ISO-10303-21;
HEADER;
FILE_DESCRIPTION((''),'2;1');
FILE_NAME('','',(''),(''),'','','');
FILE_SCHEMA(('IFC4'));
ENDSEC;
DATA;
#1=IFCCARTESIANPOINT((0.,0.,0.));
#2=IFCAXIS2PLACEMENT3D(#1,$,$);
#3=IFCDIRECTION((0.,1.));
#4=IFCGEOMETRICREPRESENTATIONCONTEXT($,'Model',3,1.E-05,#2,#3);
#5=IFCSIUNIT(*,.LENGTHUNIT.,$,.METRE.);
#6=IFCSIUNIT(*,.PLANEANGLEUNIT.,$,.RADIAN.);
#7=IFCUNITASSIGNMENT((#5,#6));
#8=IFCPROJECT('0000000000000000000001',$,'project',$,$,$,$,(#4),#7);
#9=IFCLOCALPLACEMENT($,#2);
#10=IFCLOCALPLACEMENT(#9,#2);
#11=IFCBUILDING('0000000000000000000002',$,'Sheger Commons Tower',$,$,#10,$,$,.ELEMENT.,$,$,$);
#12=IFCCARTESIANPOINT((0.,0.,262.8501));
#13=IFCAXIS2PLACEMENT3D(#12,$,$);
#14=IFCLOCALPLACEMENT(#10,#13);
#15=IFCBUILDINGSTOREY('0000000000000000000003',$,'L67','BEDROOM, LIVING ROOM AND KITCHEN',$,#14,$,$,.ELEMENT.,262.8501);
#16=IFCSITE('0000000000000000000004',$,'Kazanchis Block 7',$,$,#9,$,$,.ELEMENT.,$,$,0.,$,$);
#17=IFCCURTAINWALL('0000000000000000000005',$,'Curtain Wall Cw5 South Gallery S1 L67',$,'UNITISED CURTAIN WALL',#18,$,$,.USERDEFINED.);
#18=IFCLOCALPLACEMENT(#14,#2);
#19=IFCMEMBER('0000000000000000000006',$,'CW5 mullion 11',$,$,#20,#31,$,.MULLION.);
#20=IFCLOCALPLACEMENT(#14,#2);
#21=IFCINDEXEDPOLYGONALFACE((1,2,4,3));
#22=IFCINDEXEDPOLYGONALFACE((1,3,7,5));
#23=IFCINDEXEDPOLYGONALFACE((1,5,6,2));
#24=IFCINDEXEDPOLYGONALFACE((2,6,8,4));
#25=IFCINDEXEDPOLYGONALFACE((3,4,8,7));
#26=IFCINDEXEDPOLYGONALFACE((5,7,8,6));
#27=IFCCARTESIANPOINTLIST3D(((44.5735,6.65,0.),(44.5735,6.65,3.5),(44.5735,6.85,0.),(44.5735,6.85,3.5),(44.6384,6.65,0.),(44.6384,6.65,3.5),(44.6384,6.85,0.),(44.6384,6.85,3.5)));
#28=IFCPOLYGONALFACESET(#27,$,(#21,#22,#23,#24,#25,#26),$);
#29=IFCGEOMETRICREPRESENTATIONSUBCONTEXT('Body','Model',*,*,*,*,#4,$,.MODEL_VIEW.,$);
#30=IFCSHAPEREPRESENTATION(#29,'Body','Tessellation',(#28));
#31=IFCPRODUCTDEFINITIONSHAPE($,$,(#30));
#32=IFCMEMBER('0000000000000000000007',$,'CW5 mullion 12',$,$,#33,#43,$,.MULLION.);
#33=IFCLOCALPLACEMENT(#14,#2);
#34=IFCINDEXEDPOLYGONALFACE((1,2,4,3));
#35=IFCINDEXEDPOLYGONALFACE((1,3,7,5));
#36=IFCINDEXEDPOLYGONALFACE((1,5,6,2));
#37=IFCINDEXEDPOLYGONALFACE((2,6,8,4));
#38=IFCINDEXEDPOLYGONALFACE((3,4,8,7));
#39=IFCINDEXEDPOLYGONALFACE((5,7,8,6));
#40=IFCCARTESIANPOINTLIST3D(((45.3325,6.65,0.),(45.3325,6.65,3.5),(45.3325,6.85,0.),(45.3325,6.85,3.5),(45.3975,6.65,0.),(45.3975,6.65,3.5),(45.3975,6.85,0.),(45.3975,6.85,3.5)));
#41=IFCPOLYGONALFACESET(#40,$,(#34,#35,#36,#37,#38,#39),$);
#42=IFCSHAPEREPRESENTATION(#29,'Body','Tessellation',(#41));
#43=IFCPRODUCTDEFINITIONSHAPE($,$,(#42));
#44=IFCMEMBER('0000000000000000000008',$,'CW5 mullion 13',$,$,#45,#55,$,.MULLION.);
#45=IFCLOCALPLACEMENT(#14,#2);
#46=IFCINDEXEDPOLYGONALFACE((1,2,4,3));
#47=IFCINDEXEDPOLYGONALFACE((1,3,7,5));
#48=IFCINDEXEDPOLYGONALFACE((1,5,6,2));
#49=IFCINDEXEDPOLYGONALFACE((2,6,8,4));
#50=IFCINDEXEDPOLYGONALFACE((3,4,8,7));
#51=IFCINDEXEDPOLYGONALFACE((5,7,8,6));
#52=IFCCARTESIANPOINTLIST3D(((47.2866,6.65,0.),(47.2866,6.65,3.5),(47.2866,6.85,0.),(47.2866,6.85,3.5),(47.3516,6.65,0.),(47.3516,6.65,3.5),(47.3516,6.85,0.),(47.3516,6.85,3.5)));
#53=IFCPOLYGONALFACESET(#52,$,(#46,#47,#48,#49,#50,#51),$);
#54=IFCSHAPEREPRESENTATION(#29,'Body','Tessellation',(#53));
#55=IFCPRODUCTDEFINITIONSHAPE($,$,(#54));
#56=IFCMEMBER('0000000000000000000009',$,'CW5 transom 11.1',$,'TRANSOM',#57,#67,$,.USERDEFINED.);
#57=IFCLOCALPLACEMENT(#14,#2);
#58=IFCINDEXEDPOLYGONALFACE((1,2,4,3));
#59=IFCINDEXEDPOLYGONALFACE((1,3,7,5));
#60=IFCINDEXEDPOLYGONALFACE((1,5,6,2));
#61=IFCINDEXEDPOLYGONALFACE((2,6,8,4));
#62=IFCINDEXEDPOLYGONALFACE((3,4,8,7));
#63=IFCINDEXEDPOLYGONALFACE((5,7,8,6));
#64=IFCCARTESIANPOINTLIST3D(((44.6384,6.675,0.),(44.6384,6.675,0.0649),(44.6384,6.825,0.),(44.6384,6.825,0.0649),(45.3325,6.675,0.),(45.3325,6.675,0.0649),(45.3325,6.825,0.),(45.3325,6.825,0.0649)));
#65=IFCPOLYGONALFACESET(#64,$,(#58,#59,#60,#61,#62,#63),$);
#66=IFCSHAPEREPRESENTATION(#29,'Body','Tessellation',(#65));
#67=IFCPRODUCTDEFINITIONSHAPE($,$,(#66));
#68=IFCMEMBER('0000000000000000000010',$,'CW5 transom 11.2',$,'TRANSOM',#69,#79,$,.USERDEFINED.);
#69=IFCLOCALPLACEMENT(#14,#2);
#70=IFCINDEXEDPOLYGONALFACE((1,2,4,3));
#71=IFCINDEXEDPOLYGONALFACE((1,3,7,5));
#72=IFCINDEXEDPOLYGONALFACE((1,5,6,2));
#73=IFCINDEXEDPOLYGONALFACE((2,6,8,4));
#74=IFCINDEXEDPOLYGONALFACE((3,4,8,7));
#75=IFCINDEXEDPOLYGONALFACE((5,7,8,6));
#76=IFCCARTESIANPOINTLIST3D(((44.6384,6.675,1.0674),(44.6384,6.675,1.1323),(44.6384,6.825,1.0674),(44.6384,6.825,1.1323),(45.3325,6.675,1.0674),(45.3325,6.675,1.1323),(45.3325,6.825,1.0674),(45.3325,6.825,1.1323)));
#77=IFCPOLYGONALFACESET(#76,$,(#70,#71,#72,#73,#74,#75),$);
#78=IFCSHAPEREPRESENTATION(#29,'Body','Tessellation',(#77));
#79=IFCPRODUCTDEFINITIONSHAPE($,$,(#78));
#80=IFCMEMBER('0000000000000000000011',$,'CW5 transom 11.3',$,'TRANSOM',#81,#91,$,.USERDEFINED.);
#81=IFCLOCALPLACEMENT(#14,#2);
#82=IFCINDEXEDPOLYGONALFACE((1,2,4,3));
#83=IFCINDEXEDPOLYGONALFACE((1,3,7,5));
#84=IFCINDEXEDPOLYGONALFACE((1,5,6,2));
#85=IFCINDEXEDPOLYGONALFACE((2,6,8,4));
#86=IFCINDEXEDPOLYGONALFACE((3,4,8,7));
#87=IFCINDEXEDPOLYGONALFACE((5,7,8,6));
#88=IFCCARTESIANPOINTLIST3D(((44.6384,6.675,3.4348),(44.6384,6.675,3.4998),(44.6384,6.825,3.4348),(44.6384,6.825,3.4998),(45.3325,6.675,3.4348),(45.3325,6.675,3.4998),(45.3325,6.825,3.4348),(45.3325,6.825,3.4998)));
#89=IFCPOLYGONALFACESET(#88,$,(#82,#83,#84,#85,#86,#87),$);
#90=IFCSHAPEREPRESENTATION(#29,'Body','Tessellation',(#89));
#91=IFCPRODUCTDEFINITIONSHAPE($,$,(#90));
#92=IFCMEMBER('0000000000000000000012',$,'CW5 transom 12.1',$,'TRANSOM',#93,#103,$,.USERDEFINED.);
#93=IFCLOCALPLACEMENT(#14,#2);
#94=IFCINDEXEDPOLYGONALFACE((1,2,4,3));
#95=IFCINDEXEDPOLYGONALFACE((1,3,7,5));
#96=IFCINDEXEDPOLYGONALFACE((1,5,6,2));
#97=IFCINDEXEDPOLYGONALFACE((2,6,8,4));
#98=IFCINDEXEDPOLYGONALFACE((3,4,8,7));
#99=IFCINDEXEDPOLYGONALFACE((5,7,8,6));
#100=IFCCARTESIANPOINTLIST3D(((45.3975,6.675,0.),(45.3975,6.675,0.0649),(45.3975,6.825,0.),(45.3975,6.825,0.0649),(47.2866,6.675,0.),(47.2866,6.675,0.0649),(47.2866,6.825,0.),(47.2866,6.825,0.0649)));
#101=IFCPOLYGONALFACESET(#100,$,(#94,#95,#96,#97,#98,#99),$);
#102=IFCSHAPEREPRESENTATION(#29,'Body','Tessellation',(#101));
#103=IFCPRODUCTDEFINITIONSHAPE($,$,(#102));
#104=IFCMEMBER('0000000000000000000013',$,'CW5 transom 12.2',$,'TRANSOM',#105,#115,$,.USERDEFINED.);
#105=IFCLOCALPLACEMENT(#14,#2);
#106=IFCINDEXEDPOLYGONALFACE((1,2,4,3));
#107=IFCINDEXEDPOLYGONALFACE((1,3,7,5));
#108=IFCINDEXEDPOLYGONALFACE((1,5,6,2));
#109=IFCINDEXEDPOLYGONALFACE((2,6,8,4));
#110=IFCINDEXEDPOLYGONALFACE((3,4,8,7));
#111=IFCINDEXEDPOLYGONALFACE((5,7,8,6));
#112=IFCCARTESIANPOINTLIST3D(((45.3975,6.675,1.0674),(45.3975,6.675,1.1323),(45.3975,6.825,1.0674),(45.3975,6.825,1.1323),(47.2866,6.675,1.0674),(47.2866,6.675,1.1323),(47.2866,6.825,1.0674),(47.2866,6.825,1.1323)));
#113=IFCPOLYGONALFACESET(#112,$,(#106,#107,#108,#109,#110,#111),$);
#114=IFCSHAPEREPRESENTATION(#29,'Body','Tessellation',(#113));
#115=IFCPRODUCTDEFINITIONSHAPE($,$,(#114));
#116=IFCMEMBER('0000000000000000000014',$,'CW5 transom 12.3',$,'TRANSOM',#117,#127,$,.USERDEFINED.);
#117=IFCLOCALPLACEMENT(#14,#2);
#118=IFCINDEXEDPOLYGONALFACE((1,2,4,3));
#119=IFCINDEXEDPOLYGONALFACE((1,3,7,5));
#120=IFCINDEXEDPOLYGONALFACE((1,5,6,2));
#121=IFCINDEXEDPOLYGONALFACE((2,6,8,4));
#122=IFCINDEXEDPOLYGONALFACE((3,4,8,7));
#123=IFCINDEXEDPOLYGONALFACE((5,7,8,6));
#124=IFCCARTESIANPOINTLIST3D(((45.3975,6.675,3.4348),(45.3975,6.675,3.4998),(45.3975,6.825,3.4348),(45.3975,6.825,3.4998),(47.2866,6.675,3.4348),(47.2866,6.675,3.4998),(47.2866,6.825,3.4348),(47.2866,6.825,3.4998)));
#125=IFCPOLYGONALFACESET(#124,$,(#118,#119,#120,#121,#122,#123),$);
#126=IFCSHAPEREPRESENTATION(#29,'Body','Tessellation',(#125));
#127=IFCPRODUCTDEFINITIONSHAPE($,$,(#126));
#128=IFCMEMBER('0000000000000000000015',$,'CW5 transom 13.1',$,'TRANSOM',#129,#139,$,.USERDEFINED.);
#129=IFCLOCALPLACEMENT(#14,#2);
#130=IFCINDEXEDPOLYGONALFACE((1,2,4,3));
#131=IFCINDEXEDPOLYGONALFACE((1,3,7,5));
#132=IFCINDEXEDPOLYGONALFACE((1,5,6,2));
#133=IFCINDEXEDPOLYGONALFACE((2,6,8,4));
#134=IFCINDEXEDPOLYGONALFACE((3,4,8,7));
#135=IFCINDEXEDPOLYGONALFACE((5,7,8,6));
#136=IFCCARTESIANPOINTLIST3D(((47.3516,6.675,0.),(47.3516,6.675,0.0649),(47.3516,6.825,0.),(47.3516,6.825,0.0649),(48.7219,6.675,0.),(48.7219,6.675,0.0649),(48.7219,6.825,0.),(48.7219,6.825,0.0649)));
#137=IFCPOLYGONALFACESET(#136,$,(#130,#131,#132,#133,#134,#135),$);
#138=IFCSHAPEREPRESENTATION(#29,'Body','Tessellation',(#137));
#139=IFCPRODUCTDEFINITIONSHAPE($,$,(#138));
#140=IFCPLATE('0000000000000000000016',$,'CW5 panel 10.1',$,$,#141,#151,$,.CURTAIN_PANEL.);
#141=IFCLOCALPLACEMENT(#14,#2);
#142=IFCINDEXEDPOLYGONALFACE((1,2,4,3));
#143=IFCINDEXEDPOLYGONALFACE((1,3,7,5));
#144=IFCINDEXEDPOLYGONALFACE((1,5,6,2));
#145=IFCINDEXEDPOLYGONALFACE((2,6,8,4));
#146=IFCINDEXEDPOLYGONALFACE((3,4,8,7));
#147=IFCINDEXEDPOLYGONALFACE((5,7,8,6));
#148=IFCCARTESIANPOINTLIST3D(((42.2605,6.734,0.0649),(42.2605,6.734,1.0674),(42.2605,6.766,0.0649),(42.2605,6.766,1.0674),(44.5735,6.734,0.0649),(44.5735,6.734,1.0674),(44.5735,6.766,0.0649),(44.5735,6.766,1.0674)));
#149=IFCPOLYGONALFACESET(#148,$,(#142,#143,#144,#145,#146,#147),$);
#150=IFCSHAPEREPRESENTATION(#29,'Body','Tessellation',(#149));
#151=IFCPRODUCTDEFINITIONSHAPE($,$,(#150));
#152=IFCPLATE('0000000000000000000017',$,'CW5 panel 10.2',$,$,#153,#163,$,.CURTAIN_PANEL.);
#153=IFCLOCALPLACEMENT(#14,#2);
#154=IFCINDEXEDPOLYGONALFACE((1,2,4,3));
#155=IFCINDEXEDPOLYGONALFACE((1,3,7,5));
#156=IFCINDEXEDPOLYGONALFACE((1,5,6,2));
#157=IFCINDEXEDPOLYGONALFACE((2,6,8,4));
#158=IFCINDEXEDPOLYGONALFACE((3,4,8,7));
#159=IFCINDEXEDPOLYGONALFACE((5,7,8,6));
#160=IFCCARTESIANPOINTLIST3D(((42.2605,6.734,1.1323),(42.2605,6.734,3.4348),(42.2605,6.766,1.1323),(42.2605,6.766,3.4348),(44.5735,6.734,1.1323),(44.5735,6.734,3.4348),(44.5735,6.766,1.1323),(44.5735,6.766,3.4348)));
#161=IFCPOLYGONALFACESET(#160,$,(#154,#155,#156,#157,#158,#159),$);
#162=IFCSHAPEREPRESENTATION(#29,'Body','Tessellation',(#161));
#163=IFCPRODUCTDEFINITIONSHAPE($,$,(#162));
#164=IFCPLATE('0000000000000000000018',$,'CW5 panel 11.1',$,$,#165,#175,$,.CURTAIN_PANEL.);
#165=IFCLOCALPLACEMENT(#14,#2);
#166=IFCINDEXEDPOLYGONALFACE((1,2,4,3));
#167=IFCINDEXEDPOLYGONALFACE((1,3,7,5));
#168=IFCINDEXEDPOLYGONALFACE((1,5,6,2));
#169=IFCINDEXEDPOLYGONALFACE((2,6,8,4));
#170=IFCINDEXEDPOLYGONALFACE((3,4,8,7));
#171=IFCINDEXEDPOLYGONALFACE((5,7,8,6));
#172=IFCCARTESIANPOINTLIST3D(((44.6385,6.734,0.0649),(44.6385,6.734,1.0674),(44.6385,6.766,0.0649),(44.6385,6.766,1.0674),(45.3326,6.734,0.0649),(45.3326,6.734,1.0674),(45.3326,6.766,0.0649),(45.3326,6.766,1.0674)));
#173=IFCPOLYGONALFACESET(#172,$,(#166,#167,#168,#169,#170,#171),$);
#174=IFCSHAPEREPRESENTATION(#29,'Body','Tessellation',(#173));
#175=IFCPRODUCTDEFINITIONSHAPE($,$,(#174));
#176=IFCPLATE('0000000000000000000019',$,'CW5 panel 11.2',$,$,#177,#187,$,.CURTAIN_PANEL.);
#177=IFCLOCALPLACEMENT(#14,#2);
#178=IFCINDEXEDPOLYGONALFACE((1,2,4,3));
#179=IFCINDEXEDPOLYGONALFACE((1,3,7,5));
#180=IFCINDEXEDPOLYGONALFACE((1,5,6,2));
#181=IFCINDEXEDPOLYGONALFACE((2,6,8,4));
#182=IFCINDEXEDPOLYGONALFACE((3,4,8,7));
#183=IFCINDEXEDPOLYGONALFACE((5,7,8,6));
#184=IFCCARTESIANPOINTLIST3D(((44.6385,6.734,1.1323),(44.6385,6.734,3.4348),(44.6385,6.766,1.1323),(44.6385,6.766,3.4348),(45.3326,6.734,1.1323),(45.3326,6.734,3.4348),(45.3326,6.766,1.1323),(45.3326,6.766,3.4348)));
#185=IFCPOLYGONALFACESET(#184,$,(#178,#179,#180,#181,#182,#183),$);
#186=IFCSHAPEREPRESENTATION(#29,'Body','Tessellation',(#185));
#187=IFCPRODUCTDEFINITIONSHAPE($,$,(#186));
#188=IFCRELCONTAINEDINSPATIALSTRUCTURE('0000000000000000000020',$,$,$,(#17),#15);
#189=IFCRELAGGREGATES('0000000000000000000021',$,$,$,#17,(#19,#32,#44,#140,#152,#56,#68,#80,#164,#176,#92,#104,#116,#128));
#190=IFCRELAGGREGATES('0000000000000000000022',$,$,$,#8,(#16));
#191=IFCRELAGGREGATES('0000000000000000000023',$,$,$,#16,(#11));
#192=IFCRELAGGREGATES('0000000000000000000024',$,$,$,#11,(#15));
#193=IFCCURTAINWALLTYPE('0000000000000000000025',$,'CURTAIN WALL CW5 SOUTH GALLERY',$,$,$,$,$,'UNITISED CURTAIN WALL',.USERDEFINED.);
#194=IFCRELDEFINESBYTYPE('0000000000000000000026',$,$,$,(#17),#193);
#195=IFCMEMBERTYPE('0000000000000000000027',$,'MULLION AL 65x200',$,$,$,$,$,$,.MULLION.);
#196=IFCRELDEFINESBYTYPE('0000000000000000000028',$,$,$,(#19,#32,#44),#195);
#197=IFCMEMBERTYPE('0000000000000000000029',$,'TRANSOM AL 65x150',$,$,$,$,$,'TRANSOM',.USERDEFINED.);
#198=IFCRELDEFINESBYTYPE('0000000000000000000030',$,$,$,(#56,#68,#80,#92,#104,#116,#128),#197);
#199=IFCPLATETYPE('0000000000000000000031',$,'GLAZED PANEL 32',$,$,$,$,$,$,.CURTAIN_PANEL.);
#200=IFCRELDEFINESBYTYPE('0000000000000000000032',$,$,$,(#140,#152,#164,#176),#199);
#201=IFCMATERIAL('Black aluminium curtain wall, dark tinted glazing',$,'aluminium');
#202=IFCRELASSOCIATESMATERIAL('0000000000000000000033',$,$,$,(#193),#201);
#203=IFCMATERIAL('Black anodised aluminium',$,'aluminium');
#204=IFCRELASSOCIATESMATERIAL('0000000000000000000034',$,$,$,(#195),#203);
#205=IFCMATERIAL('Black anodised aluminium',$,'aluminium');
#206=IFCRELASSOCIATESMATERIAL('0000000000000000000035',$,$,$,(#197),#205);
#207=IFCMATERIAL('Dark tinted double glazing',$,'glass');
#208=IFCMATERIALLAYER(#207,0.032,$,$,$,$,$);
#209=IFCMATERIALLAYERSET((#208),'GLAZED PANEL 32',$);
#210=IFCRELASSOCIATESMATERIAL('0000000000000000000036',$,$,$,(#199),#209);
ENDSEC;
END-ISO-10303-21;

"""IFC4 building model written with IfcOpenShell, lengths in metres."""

from ifc_helpers import new_model, si_unit, direction, frame, origin, origin_2d, place, context, subcontext, project, spatial, rectangle, extrude, material, layer, layer_set, material_profile, profile_set, type_object, element, aggregate, save


model = new_model("IFC4")

# Units and contexts
model_context = context("Model", 3, precision=1e-05, world=origin(), true_north=direction((0.0, 1.0)))
body_context = subcontext(model_context, "Body", "Model", "MODEL_VIEW")
ifc_project = project(units=[si_unit("LENGTHUNIT", "METRE"), si_unit("PLANEANGLEUNIT", "RADIAN")], contexts=[model_context])

# Site, building, storey
site_placement = place(None, origin())
site = spatial("IfcSite", under=ifc_project, at=site_placement, Name="Kazanchis Block 7", CompositionType="ELEMENT", RefElevation=0.0)
building_placement = place(site_placement, origin())
building = spatial("IfcBuilding", under=site, at=building_placement, Name="Sheger Commons Tower", CompositionType="ELEMENT")
storey_placement = place(building_placement, frame((0.0, 0.0, 262.8501)))
storey = spatial("IfcBuildingStorey", under=building, at=storey_placement, Name="L67", Description="BEDROOM, LIVING ROOM AND KITCHEN", CompositionType="ELEMENT", Elevation=262.8501)

# Curtain wall, members, plates
ifc_material_1 = material(Name="Black aluminium curtain wall, dark tinted glazing", Category="aluminium")
curtain_wall_type = type_object("IfcCurtainWallType", Name="CURTAIN WALL CW5 SOUTH GALLERY", ElementType="UNITISED CURTAIN WALL", PredefinedType="USERDEFINED", material=ifc_material_1)
curtain_wall_placement = place(storey_placement, origin())
curtain_wall = element("IfcCurtainWall", 1, at=curtain_wall_placement, inside=storey, type_object=curtain_wall_type, Name="Curtain Wall Cw5 South Gallery S1 L67", ObjectType="UNITISED CURTAIN WALL", PredefinedType="USERDEFINED")
ifc_material_2 = material(Name="Black anodised aluminium", Category="aluminium")
ifc_material_profile_1 = material_profile(ifc_material_2, rectangle(XDim=0.2, YDim=0.0649, at=origin_2d()), Name="AL 65x200")
ifc_profile_set_1 = profile_set([ifc_material_profile_1], Name="Black anodised aluminium")
member_type_1 = type_object("IfcMemberType", Name="MULLION AL 65x200", PredefinedType="MULLION", material=ifc_profile_set_1)
member_1_placement = place(storey_placement, frame((44.606, 6.75, 0.0), z_axis=(0.0, 0.0, 1.0), x_axis=(0.0, 1.0, 0.0)))
member_1 = element("IfcMember", 2, at=member_1_placement, type_object=member_type_1, Name="CW5 mullion 11", PredefinedType="MULLION", context=body_context, shape_type="SweptSolid", body=[
    extrude(rectangle(XDim=0.2, YDim=0.0649, at=origin_2d()), origin(), (0.0, 0.0, 1.0), 3.5),
])
member_2_placement = place(storey_placement, frame((45.365, 6.75, 0.0), z_axis=(0.0, 0.0, 1.0), x_axis=(0.0, 1.0, 0.0)))
member_2 = element("IfcMember", 3, at=member_2_placement, type_object=member_type_1, Name="CW5 mullion 12", PredefinedType="MULLION", context=body_context, shape_type="SweptSolid", body=[
    extrude(rectangle(XDim=0.2, YDim=0.0649, at=origin_2d()), origin(), (0.0, 0.0, 1.0), 3.5),
])
member_3_placement = place(storey_placement, frame((47.3191, 6.75, 0.0), z_axis=(0.0, 0.0, 1.0), x_axis=(0.0, 1.0, 0.0)))
member_3 = element("IfcMember", 4, at=member_3_placement, type_object=member_type_1, Name="CW5 mullion 13", PredefinedType="MULLION", context=body_context, shape_type="SweptSolid", body=[
    extrude(rectangle(XDim=0.2, YDim=0.0649, at=origin_2d()), origin(), (0.0, 0.0, 1.0), 3.5),
])
ifc_material_3 = material(Name="Black anodised aluminium", Category="aluminium")
ifc_material_profile_2 = material_profile(ifc_material_3, rectangle(XDim=0.1499, YDim=0.0649, at=origin_2d()), Name="AL 65x150")
ifc_profile_set_2 = profile_set([ifc_material_profile_2], Name="Black anodised aluminium")
member_type_2 = type_object("IfcMemberType", Name="TRANSOM AL 65x150", ElementType="TRANSOM", PredefinedType="USERDEFINED", material=ifc_profile_set_2)
member_4_placement = place(storey_placement, frame((44.6384, 6.75, 0.0325), z_axis=(1.0, 0.0, 0.0), x_axis=(0.0, 1.0, 0.0)))
member_4 = element("IfcMember", 5, at=member_4_placement, type_object=member_type_2, Name="CW5 transom 11.1", ObjectType="TRANSOM", PredefinedType="USERDEFINED", context=body_context, shape_type="SweptSolid", body=[
    extrude(rectangle(XDim=0.1499, YDim=0.0649, at=origin_2d()), origin(), (0.0, 0.0, 1.0), 0.6941),
])
member_5_placement = place(storey_placement, frame((44.6384, 6.75, 1.0999), z_axis=(1.0, 0.0, 0.0), x_axis=(0.0, 1.0, 0.0)))
member_5 = element("IfcMember", 6, at=member_5_placement, type_object=member_type_2, Name="CW5 transom 11.2", ObjectType="TRANSOM", PredefinedType="USERDEFINED", context=body_context, shape_type="SweptSolid", body=[
    extrude(rectangle(XDim=0.1499, YDim=0.0649, at=origin_2d()), origin(), (0.0, 0.0, 1.0), 0.6941),
])
member_6_placement = place(storey_placement, frame((44.6384, 6.75, 3.4673), z_axis=(1.0, 0.0, 0.0), x_axis=(0.0, 1.0, 0.0)))
member_6 = element("IfcMember", 7, at=member_6_placement, type_object=member_type_2, Name="CW5 transom 11.3", ObjectType="TRANSOM", PredefinedType="USERDEFINED", context=body_context, shape_type="SweptSolid", body=[
    extrude(rectangle(XDim=0.1499, YDim=0.0649, at=origin_2d()), origin(), (0.0, 0.0, 1.0), 0.6941),
])
member_7_placement = place(storey_placement, frame((45.3975, 6.75, 0.0325), z_axis=(1.0, 0.0, 0.0), x_axis=(0.0, 1.0, 0.0)))
member_7 = element("IfcMember", 8, at=member_7_placement, type_object=member_type_2, Name="CW5 transom 12.1", ObjectType="TRANSOM", PredefinedType="USERDEFINED", context=body_context, shape_type="SweptSolid", body=[
    extrude(rectangle(XDim=0.1499, YDim=0.0649, at=origin_2d()), origin(), (0.0, 0.0, 1.0), 1.8892),
])
member_8_placement = place(storey_placement, frame((45.3975, 6.75, 1.0999), z_axis=(1.0, 0.0, 0.0), x_axis=(0.0, 1.0, 0.0)))
member_8 = element("IfcMember", 9, at=member_8_placement, type_object=member_type_2, Name="CW5 transom 12.2", ObjectType="TRANSOM", PredefinedType="USERDEFINED", context=body_context, shape_type="SweptSolid", body=[
    extrude(rectangle(XDim=0.1499, YDim=0.0649, at=origin_2d()), origin(), (0.0, 0.0, 1.0), 1.8892),
])
member_9_placement = place(storey_placement, frame((45.3975, 6.75, 3.4673), z_axis=(1.0, 0.0, 0.0), x_axis=(0.0, 1.0, 0.0)))
member_9 = element("IfcMember", 10, at=member_9_placement, type_object=member_type_2, Name="CW5 transom 12.3", ObjectType="TRANSOM", PredefinedType="USERDEFINED", context=body_context, shape_type="SweptSolid", body=[
    extrude(rectangle(XDim=0.1499, YDim=0.0649, at=origin_2d()), origin(), (0.0, 0.0, 1.0), 1.8892),
])
member_10_placement = place(storey_placement, frame((47.3516, 6.75, 0.0325), z_axis=(1.0, 0.0, 0.0), x_axis=(0.0, 1.0, 0.0)))
member_10 = element("IfcMember", 11, at=member_10_placement, type_object=member_type_2, Name="CW5 transom 13.1", ObjectType="TRANSOM", PredefinedType="USERDEFINED", context=body_context, shape_type="SweptSolid", body=[
    extrude(rectangle(XDim=0.1499, YDim=0.0649, at=origin_2d()), origin(), (0.0, 0.0, 1.0), 1.3704),
])
ifc_material_4 = material(Name="Dark tinted double glazing", Category="glass")
ifc_layer_1 = layer(ifc_material_4, 0.032)
ifc_layer_set_1 = layer_set([ifc_layer_1], Name="GLAZED PANEL 32")
plate_type_1 = type_object("IfcPlateType", Name="GLAZED PANEL 32", PredefinedType="CURTAIN_PANEL", material=ifc_layer_set_1)
plate_1_placement = place(storey_placement, frame((43.417, 6.75, 0.0649), z_axis=(0.0, 0.0, 1.0), x_axis=(1.0, 0.0, 0.0)))
plate_1 = element("IfcPlate", 12, at=plate_1_placement, type_object=plate_type_1, Name="CW5 panel 10.1", PredefinedType="CURTAIN_PANEL", context=body_context, shape_type="SweptSolid", body=[
    extrude(rectangle(XDim=2.313, YDim=0.032, at=origin_2d()), origin(), (0.0, 0.0, 1.0), 1.0024),
])
plate_2_placement = place(storey_placement, frame((43.417, 6.75, 1.1323), z_axis=(0.0, 0.0, 1.0), x_axis=(1.0, 0.0, 0.0)))
plate_2 = element("IfcPlate", 13, at=plate_2_placement, type_object=plate_type_1, Name="CW5 panel 10.2", PredefinedType="CURTAIN_PANEL", context=body_context, shape_type="SweptSolid", body=[
    extrude(rectangle(XDim=2.313, YDim=0.032, at=origin_2d()), origin(), (0.0, 0.0, 1.0), 2.3025),
])
plate_3_placement = place(storey_placement, frame((44.9856, 6.75, 0.0649), z_axis=(0.0, 0.0, 1.0), x_axis=(1.0, 0.0, 0.0)))
plate_3 = element("IfcPlate", 14, at=plate_3_placement, type_object=plate_type_1, Name="CW5 panel 11.1", PredefinedType="CURTAIN_PANEL", context=body_context, shape_type="SweptSolid", body=[
    extrude(rectangle(XDim=0.6941, YDim=0.032, at=origin_2d()), origin(), (0.0, 0.0, 1.0), 1.0024),
])
plate_4_placement = place(storey_placement, frame((44.9856, 6.75, 1.1323), z_axis=(0.0, 0.0, 1.0), x_axis=(1.0, 0.0, 0.0)))
plate_4 = element("IfcPlate", 15, at=plate_4_placement, type_object=plate_type_1, Name="CW5 panel 11.2", PredefinedType="CURTAIN_PANEL", context=body_context, shape_type="SweptSolid", body=[
    extrude(rectangle(XDim=0.6941, YDim=0.032, at=origin_2d()), origin(), (0.0, 0.0, 1.0), 2.3025),
])
aggregate(curtain_wall, [member_1, member_2, member_3, plate_1, plate_2, member_4, member_5, member_6, plate_3, plate_4, member_7, member_8, member_9, member_10])

save(model, "model.ifc")
